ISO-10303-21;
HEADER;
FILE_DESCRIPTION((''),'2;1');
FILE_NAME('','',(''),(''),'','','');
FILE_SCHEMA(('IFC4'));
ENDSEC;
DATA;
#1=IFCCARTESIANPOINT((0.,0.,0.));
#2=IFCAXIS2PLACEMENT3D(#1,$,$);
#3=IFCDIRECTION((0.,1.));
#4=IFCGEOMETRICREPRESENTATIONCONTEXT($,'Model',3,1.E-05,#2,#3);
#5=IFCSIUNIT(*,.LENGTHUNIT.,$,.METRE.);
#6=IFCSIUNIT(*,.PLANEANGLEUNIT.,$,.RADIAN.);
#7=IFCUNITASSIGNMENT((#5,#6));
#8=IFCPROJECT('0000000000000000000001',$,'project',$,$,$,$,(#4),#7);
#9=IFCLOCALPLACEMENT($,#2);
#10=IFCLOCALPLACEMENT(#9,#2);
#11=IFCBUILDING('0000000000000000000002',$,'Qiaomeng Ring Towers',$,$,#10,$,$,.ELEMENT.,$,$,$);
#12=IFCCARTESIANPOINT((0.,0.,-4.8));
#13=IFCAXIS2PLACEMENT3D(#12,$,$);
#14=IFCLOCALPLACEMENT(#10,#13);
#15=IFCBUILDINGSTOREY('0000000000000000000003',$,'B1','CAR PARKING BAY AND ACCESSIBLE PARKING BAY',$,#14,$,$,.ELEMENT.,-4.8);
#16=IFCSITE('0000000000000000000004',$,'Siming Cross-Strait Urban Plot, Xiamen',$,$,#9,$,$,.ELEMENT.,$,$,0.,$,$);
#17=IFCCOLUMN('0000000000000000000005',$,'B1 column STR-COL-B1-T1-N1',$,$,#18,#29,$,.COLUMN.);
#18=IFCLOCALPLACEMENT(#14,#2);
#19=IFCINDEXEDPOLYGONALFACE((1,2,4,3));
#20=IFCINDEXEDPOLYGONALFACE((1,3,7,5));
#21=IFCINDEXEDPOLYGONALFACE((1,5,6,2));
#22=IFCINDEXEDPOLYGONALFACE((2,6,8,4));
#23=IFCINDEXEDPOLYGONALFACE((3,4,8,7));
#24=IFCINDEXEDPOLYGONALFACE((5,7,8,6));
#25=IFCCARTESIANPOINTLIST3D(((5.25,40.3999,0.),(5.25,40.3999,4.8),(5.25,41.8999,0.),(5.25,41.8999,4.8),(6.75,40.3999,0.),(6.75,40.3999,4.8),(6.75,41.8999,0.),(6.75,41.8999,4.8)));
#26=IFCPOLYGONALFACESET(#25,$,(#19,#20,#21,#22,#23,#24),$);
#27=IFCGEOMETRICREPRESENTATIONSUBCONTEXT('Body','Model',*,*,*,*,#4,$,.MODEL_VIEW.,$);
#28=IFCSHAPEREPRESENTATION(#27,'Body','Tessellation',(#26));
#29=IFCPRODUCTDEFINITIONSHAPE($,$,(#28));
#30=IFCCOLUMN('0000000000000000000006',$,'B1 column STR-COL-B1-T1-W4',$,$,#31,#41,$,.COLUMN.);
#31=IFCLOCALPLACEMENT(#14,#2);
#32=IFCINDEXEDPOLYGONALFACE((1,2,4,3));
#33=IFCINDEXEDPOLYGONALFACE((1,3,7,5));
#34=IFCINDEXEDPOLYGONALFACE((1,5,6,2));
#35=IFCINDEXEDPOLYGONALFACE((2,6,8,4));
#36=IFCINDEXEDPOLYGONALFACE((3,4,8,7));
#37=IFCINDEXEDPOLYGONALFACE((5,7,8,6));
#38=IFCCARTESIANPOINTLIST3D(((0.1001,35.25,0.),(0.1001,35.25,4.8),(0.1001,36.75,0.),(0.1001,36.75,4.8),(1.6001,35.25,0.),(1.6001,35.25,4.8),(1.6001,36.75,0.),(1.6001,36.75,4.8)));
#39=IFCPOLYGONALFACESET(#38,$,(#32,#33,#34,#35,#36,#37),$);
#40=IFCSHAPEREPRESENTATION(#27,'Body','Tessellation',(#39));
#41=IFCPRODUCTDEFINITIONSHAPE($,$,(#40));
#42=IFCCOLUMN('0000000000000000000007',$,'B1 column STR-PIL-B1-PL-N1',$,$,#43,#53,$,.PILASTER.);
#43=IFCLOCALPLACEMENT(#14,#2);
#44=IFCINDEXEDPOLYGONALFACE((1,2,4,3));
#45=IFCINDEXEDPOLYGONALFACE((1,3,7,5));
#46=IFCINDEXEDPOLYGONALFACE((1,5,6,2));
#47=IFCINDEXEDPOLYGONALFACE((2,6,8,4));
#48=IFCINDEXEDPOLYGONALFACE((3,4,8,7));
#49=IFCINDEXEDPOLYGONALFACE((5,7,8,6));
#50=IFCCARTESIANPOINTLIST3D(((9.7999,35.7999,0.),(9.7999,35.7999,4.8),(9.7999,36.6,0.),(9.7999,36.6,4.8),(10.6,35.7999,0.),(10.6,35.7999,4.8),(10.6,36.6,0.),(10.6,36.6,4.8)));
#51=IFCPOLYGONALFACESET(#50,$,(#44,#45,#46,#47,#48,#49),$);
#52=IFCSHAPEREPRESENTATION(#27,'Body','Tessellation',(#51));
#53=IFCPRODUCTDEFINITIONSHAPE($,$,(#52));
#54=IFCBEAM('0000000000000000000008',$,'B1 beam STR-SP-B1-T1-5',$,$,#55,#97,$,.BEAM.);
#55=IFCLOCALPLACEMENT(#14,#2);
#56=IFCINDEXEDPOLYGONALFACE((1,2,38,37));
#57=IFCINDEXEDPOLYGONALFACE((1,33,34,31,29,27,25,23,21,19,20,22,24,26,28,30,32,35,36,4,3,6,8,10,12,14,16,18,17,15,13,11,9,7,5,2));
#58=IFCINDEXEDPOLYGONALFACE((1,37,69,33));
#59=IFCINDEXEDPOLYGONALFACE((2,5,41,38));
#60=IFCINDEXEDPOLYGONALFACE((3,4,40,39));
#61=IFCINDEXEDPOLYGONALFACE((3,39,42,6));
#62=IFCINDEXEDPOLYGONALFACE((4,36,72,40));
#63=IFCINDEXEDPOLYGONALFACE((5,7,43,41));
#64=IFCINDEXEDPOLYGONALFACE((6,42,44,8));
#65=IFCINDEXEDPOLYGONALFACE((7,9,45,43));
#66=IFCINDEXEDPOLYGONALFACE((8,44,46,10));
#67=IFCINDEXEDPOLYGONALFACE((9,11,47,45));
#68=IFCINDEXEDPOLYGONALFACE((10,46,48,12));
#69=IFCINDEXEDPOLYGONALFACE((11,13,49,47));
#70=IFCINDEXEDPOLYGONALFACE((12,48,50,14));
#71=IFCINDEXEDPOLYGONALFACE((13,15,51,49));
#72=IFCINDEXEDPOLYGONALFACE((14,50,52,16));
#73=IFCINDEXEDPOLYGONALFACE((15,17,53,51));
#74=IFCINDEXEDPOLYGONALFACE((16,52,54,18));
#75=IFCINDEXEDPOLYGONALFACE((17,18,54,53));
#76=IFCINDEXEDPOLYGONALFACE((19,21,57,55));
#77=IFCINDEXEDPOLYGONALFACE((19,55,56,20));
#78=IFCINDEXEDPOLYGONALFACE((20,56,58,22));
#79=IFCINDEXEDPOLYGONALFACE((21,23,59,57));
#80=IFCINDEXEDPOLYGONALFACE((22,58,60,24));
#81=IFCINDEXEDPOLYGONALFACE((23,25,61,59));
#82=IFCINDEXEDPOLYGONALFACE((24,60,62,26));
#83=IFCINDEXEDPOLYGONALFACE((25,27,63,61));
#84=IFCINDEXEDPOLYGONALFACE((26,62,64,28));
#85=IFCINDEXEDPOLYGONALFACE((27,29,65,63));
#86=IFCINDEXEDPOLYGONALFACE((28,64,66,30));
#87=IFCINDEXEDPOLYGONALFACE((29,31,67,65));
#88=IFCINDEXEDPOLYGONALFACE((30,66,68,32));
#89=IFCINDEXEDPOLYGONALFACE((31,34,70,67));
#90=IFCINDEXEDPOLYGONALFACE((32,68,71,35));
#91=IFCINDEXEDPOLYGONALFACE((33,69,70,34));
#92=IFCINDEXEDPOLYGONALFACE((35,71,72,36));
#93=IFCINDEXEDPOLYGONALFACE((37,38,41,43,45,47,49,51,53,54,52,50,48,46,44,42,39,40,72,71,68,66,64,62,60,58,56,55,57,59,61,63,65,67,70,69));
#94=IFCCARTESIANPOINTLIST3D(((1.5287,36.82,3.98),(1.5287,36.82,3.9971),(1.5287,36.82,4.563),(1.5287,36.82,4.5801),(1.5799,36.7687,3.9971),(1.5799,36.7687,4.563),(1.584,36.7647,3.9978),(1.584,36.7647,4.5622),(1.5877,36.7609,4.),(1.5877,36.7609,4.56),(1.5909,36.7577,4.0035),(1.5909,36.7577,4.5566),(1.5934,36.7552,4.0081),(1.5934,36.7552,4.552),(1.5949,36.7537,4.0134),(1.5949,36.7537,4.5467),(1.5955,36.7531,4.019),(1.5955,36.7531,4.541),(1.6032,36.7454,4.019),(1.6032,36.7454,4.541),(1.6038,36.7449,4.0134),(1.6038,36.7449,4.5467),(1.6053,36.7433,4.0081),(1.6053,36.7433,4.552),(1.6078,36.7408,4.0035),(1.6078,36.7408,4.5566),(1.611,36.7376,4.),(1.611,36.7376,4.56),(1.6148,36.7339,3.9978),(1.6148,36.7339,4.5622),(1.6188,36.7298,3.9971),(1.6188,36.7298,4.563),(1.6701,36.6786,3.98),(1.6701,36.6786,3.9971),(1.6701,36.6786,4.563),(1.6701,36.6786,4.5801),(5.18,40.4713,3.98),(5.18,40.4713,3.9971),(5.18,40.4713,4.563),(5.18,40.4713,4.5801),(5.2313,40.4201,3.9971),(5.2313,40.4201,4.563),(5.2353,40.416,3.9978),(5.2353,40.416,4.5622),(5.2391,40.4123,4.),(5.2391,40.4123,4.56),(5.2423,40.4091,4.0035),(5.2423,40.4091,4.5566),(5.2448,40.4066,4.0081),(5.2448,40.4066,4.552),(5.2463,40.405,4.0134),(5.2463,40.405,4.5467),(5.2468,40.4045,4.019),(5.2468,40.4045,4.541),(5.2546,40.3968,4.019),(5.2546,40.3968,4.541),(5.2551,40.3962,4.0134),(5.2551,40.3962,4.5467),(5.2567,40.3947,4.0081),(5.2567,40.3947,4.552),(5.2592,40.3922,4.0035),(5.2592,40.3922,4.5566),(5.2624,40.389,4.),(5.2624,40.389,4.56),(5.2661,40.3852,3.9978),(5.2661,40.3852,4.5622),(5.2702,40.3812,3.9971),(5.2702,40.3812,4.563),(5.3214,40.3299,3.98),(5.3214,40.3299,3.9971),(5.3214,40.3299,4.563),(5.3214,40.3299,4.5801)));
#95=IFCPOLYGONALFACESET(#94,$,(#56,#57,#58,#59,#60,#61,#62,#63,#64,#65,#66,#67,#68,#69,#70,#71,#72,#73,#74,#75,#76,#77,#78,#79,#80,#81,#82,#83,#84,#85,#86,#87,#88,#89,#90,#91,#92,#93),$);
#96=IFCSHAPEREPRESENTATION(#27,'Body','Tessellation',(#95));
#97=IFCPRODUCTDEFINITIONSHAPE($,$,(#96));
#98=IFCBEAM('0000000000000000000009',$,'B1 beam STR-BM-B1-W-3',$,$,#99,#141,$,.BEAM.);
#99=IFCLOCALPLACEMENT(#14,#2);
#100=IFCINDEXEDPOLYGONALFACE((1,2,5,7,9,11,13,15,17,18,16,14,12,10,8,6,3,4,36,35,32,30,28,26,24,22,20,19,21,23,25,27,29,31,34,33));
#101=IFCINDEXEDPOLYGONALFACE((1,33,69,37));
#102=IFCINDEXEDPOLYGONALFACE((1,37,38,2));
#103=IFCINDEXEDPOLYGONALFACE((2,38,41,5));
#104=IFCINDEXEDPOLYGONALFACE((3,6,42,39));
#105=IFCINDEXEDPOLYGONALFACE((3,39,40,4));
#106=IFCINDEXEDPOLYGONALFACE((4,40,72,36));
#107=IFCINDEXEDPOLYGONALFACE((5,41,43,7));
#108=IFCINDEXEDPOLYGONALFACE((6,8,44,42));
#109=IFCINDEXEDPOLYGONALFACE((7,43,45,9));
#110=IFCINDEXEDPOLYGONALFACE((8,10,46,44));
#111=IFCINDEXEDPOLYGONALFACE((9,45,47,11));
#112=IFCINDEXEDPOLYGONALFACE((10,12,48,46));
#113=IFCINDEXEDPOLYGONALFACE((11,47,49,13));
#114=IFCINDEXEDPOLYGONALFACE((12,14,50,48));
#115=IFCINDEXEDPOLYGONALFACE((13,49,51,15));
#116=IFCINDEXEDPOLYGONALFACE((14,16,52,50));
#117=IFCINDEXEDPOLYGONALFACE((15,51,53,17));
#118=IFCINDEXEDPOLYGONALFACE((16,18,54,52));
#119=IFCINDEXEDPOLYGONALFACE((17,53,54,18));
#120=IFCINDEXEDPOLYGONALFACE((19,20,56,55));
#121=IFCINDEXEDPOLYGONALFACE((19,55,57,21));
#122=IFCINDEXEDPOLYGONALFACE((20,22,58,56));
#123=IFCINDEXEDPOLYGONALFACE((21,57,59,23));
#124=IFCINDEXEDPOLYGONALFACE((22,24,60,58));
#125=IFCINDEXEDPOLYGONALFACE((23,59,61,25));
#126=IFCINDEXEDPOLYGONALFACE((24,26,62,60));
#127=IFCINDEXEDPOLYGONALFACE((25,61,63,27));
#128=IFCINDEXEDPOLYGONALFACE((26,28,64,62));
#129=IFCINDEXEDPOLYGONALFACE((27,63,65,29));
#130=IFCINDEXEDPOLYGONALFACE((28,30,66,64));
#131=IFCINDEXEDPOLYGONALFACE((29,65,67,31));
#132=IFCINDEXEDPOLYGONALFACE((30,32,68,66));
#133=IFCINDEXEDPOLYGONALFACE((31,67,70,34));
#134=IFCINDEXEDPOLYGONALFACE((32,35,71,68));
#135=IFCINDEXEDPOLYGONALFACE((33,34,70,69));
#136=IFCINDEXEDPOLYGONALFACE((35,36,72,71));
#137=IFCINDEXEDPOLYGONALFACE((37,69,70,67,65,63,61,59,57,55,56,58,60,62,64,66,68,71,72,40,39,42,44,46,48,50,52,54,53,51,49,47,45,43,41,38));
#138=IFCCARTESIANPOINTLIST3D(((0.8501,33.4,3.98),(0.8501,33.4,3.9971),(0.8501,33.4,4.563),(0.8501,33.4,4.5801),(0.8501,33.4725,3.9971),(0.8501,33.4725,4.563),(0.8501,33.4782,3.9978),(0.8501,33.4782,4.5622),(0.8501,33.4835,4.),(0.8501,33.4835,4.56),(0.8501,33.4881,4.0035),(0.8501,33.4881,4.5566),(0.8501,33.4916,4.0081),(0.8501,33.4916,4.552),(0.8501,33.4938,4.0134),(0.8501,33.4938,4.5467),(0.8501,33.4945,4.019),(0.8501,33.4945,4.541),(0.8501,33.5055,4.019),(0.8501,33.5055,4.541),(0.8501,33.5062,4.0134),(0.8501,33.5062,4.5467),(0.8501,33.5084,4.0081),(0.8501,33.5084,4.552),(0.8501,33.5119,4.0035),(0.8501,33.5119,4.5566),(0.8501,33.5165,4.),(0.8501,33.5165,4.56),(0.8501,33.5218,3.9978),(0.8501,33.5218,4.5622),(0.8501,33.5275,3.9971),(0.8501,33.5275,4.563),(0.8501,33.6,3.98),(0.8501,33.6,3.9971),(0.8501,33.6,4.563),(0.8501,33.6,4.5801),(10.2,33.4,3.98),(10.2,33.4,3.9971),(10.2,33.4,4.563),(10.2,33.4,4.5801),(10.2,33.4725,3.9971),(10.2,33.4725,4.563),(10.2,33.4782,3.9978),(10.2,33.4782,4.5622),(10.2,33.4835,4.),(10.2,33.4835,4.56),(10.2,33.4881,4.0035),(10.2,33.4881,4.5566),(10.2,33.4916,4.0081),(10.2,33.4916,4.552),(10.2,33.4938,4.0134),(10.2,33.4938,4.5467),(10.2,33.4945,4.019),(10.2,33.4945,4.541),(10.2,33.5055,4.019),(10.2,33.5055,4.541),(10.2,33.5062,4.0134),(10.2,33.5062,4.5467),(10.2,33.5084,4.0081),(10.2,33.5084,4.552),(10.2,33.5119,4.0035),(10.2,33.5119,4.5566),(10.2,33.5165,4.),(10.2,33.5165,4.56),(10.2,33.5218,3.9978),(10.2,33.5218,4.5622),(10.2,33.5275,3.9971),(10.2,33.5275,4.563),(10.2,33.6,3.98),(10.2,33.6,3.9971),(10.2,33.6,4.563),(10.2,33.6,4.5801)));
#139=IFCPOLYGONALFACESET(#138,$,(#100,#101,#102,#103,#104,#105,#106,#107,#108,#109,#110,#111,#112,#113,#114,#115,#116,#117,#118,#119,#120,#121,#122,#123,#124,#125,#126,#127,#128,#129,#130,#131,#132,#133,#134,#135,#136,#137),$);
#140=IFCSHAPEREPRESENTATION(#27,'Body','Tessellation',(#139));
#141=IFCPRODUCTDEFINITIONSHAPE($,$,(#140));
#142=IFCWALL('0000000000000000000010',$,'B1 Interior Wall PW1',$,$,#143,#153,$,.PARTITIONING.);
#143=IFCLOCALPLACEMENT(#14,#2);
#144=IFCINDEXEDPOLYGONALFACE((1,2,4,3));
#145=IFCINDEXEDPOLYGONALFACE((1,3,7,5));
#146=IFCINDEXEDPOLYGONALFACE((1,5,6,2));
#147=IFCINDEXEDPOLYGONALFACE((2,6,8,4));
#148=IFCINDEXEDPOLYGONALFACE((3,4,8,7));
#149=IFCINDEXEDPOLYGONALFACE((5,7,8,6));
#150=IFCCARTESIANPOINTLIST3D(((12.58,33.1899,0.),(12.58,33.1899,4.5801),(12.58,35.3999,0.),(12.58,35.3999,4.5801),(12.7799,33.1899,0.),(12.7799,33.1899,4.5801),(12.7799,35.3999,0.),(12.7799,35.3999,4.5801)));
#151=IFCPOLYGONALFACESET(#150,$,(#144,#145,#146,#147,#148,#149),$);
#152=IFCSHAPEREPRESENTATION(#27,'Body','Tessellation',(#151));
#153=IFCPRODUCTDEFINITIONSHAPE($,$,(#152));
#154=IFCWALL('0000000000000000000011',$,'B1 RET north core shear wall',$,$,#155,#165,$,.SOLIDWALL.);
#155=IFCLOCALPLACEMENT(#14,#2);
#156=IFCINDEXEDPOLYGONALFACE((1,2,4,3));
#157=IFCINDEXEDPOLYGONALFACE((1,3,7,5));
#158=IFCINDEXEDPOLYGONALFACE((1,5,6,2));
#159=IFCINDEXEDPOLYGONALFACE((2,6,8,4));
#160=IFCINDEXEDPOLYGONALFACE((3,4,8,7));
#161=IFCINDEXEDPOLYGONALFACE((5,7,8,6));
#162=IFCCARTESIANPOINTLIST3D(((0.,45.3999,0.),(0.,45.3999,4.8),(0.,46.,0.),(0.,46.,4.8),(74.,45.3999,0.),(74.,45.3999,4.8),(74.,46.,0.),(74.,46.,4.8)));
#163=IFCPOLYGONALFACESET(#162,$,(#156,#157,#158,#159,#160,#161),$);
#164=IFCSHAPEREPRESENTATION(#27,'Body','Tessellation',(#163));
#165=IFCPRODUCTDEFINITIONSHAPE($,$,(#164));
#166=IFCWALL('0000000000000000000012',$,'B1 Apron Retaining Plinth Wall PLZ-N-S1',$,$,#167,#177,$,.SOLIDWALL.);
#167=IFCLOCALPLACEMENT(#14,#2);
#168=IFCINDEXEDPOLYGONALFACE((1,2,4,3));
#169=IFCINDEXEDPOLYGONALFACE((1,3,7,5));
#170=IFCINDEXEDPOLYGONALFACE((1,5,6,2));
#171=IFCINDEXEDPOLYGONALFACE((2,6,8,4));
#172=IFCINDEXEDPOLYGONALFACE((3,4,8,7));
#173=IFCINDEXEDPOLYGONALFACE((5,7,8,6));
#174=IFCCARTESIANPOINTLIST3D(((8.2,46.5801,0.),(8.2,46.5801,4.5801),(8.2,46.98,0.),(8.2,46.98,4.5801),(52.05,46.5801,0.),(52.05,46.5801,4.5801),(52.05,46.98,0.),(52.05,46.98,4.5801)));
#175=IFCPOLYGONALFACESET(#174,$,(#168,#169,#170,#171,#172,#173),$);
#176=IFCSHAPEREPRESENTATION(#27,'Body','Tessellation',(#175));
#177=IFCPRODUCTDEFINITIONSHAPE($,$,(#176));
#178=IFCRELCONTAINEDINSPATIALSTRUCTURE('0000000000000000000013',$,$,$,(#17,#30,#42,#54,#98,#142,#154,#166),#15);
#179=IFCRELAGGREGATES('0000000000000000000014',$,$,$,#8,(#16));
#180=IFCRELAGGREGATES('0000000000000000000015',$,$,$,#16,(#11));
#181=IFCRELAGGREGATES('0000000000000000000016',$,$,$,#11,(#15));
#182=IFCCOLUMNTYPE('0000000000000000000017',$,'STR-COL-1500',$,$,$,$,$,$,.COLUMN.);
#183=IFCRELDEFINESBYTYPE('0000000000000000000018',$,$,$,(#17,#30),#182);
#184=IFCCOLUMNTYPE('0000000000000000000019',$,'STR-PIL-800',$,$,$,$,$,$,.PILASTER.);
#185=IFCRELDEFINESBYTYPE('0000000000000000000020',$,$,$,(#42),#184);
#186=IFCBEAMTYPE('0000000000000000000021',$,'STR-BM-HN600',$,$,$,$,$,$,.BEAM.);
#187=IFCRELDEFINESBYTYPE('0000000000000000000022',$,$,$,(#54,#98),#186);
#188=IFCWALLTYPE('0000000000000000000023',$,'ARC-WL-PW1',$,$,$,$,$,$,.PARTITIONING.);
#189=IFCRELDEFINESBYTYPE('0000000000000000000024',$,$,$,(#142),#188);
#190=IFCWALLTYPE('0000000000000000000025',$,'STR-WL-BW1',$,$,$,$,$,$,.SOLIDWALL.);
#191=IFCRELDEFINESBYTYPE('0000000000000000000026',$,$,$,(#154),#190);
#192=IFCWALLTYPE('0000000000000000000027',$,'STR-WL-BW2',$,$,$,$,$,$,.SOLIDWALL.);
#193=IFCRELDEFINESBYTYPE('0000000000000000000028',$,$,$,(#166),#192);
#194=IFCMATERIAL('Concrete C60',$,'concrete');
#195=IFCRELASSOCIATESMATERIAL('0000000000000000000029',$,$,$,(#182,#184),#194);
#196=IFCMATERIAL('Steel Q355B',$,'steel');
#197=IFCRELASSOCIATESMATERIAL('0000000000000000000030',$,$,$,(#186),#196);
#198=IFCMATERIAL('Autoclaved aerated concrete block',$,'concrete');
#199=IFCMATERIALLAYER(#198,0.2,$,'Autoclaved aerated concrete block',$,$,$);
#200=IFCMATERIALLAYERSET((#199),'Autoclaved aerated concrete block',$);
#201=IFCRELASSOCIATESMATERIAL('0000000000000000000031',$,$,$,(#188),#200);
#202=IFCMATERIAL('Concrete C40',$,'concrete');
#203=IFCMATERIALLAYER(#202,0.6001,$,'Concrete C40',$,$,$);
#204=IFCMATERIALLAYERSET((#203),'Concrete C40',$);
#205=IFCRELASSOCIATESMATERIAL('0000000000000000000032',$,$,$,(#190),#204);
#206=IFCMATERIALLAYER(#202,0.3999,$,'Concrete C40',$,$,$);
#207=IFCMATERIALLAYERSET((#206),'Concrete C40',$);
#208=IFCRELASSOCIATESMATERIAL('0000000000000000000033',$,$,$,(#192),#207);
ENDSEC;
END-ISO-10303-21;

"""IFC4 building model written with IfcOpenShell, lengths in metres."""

from ifc_helpers import new_model, si_unit, direction, frame, frame_2d, origin, origin_2d, place, context, subcontext, project, spatial, rectangle, i_section, extrude, source, transform, mapped, material, layer, layer_set, material_profile, profile_set, type_object, element, save


model = new_model("IFC4")

# Units and contexts
model_context = context("Model", 3, precision=1e-05, world=origin(), true_north=direction((0.0, 1.0)))
body_context = subcontext(model_context, "Body", "Model", "MODEL_VIEW")
ifc_project = project(units=[si_unit("LENGTHUNIT", "METRE"), si_unit("PLANEANGLEUNIT", "RADIAN")], contexts=[model_context])

# Site, building, storey
site_placement = place(None, origin())
site = spatial("IfcSite", under=ifc_project, at=site_placement, Name="Siming Cross-Strait Urban Plot, Xiamen", CompositionType="ELEMENT", RefElevation=0.0)
building_placement = place(site_placement, origin())
building = spatial("IfcBuilding", under=site, at=building_placement, Name="Qiaomeng Ring Towers", CompositionType="ELEMENT")
storey_placement = place(building_placement, frame((0.0, 0.0, -4.8)))
storey = spatial("IfcBuildingStorey", under=building, at=storey_placement, Name="B1", Description="CAR PARKING BAY AND ACCESSIBLE PARKING BAY", CompositionType="ELEMENT", Elevation=-4.8)

# Columns
ifc_material_1 = material(Name="Concrete C60", Category="concrete")
ifc_material_profile_1 = material_profile(ifc_material_1, rectangle(XDim=1.5, YDim=1.5, at=origin_2d()), Name="RC COL 1500x1500")
ifc_profile_set_1 = profile_set([ifc_material_profile_1], Name="Concrete C60")
column_type_1 = type_object("IfcColumnType", Name="STR-COL-1500", PredefinedType="COLUMN", material=ifc_profile_set_1)
shared_shape_1 = source(origin(), body_context, "Body", "SweptSolid", [
    extrude(rectangle(XDim=1.5, YDim=1.5, at=origin_2d()), origin(), (0.0, 0.0, 1.0), 4.8),
])
for number, where, z_axis, x_axis, name in (
    (1, (6.0, 41.1499, 0.0), (0.0, 0.0, 1.0), (1.0, 0.0, 0.0), "B1 column STR-COL-B1-T1-N1"),
    (2, (0.8501, 36.0, 0.0), (0.0, 0.0, 1.0), (1.0, 0.0, 0.0), "B1 column STR-COL-B1-T1-W4"),
):
    element("IfcColumn", number, at=place(storey_placement, frame(where, z_axis=z_axis, x_axis=x_axis)), inside=storey, type_object=column_type_1, Name=name, PredefinedType="COLUMN", context=body_context, shape_type="MappedRepresentation", body=[
        mapped(shared_shape_1, transform((0.0, 0.0, 0.0), x_axis=(1.0, 0.0, 0.0), y_axis=(0.0, 1.0, 0.0), z_axis=(0.0, 0.0, 1.0), scale=1.0)),
    ])
ifc_material_profile_2 = material_profile(ifc_material_1, rectangle(XDim=0.8, YDim=0.8, at=origin_2d()), Name="RC COL 800x800")
ifc_profile_set_2 = profile_set([ifc_material_profile_2], Name="Concrete C60")
column_type_2 = type_object("IfcColumnType", Name="STR-PIL-800", PredefinedType="PILASTER", material=ifc_profile_set_2)
shared_shape_2 = source(origin(), body_context, "Body", "SweptSolid", [
    extrude(rectangle(XDim=0.8, YDim=0.8, at=origin_2d()), origin(), (0.0, 0.0, 1.0), 4.8),
])
column_placement = place(storey_placement, frame((10.2, 36.2, 0.0), z_axis=(0.0, 0.0, 1.0), x_axis=(1.0, 0.0, 0.0)))
element("IfcColumn", 3, at=column_placement, inside=storey, type_object=column_type_2, Name="B1 column STR-PIL-B1-PL-N1", PredefinedType="PILASTER", context=body_context, shape_type="MappedRepresentation", body=[
    mapped(shared_shape_2, transform((0.0, 0.0, 0.0), x_axis=(1.0, 0.0, 0.0), y_axis=(0.0, 1.0, 0.0), z_axis=(0.0, 0.0, 1.0), scale=1.0)),
])

# Beams
ifc_material_2 = material(Name="Steel Q355B", Category="steel")
ifc_material_profile_3 = material_profile(ifc_material_2, i_section(OverallWidth=0.2, OverallDepth=0.6001, WebThickness=0.011, FlangeThickness=0.0171, FilletRadius=0.022, at=origin_2d()), Name="HN 600x200x11x17")
ifc_profile_set_3 = profile_set([ifc_material_profile_3], Name="Steel Q355B")
beam_type = type_object("IfcBeamType", Name="STR-BM-HN600", PredefinedType="BEAM", material=ifc_profile_set_3)
shared_shape_3 = source(origin(), body_context, "Body", "SweptSolid", [
    extrude(i_section(OverallWidth=0.2, OverallDepth=0.6001, WebThickness=0.011, FlangeThickness=0.0171, FilletRadius=0.022, at=origin_2d()), origin(), (0.0, 0.0, 1.0), 5.1638),
])
beam_1_placement = place(storey_placement, frame((5.2507, 40.4006, 4.28), z_axis=(-0.707107, -0.707107, 0.0), x_axis=(0.707107, -0.707107, 0.0)))
element("IfcBeam", 4, at=beam_1_placement, inside=storey, type_object=beam_type, Name="B1 beam STR-SP-B1-T1-5", PredefinedType="BEAM", context=body_context, shape_type="MappedRepresentation", body=[
    mapped(shared_shape_3, transform((0.0, 0.0, 0.0), x_axis=(1.0, 0.0, 0.0), y_axis=(0.0, 1.0, 0.0), z_axis=(0.0, 0.0, 1.0), scale=1.0)),
])
shared_shape_4 = source(origin(), body_context, "Body", "SweptSolid", [
    extrude(i_section(OverallWidth=0.2, OverallDepth=0.6001, WebThickness=0.011, FlangeThickness=0.0171, FilletRadius=0.022, at=origin_2d()), origin(), (0.0, 0.0, 1.0), 9.3499),
])
beam_2_placement = place(storey_placement, frame((0.8501, 33.5, 4.28), z_axis=(1.0, 0.0, 0.0), x_axis=(0.0, 1.0, 0.0)))
element("IfcBeam", 5, at=beam_2_placement, inside=storey, type_object=beam_type, Name="B1 beam STR-BM-B1-W-3", PredefinedType="BEAM", context=body_context, shape_type="MappedRepresentation", body=[
    mapped(shared_shape_4, transform((0.0, 0.0, 0.0), x_axis=(1.0, 0.0, 0.0), y_axis=(0.0, 1.0, 0.0), z_axis=(0.0, 0.0, 1.0), scale=1.0)),
])

# Walls
ifc_material_3 = material(Name="Autoclaved aerated concrete block", Category="concrete")
ifc_layer_1 = layer(ifc_material_3, 0.2, Name="Autoclaved aerated concrete block")
ifc_layer_set_1 = layer_set([ifc_layer_1], Name="Autoclaved aerated concrete block")
wall_type_1 = type_object("IfcWallType", Name="ARC-WL-PW1", PredefinedType="PARTITIONING", material=ifc_layer_set_1)
wall_1_placement = place(storey_placement, frame((12.6799, 33.1899, 0.0), z_axis=(0.0, 0.0, 1.0), x_axis=(0.0, 1.0, 0.0)))
element("IfcWall", 6, at=wall_1_placement, inside=storey, type_object=wall_type_1, Name="B1 Interior Wall PW1", PredefinedType="PARTITIONING", context=body_context, shape_type="SweptSolid", body=[
    extrude(rectangle(XDim=2.21, YDim=0.2, at=frame_2d((1.105, 0.0))), origin(), (0.0, 0.0, 1.0), 4.5801),
])
ifc_material_4 = material(Name="Concrete C40", Category="concrete")
ifc_layer_2 = layer(ifc_material_4, 0.6001, Name="Concrete C40")
ifc_layer_set_2 = layer_set([ifc_layer_2], Name="Concrete C40")
wall_type_2 = type_object("IfcWallType", Name="STR-WL-BW1", PredefinedType="SOLIDWALL", material=ifc_layer_set_2)
wall_2_placement = place(storey_placement, frame((0.0, 45.7, 0.0), z_axis=(0.0, 0.0, 1.0), x_axis=(1.0, 0.0, 0.0)))
element("IfcWall", 7, at=wall_2_placement, inside=storey, type_object=wall_type_2, Name="B1 RET north core shear wall", PredefinedType="SOLIDWALL", context=body_context, shape_type="SweptSolid", body=[
    extrude(rectangle(XDim=74.0, YDim=0.6001, at=frame_2d((37.0, 0.0))), origin(), (0.0, 0.0, 1.0), 4.8),
])
ifc_layer_3 = layer(ifc_material_4, 0.3999, Name="Concrete C40")
ifc_layer_set_3 = layer_set([ifc_layer_3], Name="Concrete C40")
wall_type_3 = type_object("IfcWallType", Name="STR-WL-BW2", PredefinedType="SOLIDWALL", material=ifc_layer_set_3)
wall_3_placement = place(storey_placement, frame((8.2, 46.78, 0.0), z_axis=(0.0, 0.0, 1.0), x_axis=(1.0, 0.0, 0.0)))
element("IfcWall", 8, at=wall_3_placement, inside=storey, type_object=wall_type_3, Name="B1 Apron Retaining Plinth Wall PLZ-N-S1", PredefinedType="SOLIDWALL", context=body_context, shape_type="SweptSolid", body=[
    extrude(rectangle(XDim=43.8501, YDim=0.3999, at=frame_2d((21.925, 0.0))), origin(), (0.0, 0.0, 1.0), 4.5801),
])

save(model, "model.ifc")
